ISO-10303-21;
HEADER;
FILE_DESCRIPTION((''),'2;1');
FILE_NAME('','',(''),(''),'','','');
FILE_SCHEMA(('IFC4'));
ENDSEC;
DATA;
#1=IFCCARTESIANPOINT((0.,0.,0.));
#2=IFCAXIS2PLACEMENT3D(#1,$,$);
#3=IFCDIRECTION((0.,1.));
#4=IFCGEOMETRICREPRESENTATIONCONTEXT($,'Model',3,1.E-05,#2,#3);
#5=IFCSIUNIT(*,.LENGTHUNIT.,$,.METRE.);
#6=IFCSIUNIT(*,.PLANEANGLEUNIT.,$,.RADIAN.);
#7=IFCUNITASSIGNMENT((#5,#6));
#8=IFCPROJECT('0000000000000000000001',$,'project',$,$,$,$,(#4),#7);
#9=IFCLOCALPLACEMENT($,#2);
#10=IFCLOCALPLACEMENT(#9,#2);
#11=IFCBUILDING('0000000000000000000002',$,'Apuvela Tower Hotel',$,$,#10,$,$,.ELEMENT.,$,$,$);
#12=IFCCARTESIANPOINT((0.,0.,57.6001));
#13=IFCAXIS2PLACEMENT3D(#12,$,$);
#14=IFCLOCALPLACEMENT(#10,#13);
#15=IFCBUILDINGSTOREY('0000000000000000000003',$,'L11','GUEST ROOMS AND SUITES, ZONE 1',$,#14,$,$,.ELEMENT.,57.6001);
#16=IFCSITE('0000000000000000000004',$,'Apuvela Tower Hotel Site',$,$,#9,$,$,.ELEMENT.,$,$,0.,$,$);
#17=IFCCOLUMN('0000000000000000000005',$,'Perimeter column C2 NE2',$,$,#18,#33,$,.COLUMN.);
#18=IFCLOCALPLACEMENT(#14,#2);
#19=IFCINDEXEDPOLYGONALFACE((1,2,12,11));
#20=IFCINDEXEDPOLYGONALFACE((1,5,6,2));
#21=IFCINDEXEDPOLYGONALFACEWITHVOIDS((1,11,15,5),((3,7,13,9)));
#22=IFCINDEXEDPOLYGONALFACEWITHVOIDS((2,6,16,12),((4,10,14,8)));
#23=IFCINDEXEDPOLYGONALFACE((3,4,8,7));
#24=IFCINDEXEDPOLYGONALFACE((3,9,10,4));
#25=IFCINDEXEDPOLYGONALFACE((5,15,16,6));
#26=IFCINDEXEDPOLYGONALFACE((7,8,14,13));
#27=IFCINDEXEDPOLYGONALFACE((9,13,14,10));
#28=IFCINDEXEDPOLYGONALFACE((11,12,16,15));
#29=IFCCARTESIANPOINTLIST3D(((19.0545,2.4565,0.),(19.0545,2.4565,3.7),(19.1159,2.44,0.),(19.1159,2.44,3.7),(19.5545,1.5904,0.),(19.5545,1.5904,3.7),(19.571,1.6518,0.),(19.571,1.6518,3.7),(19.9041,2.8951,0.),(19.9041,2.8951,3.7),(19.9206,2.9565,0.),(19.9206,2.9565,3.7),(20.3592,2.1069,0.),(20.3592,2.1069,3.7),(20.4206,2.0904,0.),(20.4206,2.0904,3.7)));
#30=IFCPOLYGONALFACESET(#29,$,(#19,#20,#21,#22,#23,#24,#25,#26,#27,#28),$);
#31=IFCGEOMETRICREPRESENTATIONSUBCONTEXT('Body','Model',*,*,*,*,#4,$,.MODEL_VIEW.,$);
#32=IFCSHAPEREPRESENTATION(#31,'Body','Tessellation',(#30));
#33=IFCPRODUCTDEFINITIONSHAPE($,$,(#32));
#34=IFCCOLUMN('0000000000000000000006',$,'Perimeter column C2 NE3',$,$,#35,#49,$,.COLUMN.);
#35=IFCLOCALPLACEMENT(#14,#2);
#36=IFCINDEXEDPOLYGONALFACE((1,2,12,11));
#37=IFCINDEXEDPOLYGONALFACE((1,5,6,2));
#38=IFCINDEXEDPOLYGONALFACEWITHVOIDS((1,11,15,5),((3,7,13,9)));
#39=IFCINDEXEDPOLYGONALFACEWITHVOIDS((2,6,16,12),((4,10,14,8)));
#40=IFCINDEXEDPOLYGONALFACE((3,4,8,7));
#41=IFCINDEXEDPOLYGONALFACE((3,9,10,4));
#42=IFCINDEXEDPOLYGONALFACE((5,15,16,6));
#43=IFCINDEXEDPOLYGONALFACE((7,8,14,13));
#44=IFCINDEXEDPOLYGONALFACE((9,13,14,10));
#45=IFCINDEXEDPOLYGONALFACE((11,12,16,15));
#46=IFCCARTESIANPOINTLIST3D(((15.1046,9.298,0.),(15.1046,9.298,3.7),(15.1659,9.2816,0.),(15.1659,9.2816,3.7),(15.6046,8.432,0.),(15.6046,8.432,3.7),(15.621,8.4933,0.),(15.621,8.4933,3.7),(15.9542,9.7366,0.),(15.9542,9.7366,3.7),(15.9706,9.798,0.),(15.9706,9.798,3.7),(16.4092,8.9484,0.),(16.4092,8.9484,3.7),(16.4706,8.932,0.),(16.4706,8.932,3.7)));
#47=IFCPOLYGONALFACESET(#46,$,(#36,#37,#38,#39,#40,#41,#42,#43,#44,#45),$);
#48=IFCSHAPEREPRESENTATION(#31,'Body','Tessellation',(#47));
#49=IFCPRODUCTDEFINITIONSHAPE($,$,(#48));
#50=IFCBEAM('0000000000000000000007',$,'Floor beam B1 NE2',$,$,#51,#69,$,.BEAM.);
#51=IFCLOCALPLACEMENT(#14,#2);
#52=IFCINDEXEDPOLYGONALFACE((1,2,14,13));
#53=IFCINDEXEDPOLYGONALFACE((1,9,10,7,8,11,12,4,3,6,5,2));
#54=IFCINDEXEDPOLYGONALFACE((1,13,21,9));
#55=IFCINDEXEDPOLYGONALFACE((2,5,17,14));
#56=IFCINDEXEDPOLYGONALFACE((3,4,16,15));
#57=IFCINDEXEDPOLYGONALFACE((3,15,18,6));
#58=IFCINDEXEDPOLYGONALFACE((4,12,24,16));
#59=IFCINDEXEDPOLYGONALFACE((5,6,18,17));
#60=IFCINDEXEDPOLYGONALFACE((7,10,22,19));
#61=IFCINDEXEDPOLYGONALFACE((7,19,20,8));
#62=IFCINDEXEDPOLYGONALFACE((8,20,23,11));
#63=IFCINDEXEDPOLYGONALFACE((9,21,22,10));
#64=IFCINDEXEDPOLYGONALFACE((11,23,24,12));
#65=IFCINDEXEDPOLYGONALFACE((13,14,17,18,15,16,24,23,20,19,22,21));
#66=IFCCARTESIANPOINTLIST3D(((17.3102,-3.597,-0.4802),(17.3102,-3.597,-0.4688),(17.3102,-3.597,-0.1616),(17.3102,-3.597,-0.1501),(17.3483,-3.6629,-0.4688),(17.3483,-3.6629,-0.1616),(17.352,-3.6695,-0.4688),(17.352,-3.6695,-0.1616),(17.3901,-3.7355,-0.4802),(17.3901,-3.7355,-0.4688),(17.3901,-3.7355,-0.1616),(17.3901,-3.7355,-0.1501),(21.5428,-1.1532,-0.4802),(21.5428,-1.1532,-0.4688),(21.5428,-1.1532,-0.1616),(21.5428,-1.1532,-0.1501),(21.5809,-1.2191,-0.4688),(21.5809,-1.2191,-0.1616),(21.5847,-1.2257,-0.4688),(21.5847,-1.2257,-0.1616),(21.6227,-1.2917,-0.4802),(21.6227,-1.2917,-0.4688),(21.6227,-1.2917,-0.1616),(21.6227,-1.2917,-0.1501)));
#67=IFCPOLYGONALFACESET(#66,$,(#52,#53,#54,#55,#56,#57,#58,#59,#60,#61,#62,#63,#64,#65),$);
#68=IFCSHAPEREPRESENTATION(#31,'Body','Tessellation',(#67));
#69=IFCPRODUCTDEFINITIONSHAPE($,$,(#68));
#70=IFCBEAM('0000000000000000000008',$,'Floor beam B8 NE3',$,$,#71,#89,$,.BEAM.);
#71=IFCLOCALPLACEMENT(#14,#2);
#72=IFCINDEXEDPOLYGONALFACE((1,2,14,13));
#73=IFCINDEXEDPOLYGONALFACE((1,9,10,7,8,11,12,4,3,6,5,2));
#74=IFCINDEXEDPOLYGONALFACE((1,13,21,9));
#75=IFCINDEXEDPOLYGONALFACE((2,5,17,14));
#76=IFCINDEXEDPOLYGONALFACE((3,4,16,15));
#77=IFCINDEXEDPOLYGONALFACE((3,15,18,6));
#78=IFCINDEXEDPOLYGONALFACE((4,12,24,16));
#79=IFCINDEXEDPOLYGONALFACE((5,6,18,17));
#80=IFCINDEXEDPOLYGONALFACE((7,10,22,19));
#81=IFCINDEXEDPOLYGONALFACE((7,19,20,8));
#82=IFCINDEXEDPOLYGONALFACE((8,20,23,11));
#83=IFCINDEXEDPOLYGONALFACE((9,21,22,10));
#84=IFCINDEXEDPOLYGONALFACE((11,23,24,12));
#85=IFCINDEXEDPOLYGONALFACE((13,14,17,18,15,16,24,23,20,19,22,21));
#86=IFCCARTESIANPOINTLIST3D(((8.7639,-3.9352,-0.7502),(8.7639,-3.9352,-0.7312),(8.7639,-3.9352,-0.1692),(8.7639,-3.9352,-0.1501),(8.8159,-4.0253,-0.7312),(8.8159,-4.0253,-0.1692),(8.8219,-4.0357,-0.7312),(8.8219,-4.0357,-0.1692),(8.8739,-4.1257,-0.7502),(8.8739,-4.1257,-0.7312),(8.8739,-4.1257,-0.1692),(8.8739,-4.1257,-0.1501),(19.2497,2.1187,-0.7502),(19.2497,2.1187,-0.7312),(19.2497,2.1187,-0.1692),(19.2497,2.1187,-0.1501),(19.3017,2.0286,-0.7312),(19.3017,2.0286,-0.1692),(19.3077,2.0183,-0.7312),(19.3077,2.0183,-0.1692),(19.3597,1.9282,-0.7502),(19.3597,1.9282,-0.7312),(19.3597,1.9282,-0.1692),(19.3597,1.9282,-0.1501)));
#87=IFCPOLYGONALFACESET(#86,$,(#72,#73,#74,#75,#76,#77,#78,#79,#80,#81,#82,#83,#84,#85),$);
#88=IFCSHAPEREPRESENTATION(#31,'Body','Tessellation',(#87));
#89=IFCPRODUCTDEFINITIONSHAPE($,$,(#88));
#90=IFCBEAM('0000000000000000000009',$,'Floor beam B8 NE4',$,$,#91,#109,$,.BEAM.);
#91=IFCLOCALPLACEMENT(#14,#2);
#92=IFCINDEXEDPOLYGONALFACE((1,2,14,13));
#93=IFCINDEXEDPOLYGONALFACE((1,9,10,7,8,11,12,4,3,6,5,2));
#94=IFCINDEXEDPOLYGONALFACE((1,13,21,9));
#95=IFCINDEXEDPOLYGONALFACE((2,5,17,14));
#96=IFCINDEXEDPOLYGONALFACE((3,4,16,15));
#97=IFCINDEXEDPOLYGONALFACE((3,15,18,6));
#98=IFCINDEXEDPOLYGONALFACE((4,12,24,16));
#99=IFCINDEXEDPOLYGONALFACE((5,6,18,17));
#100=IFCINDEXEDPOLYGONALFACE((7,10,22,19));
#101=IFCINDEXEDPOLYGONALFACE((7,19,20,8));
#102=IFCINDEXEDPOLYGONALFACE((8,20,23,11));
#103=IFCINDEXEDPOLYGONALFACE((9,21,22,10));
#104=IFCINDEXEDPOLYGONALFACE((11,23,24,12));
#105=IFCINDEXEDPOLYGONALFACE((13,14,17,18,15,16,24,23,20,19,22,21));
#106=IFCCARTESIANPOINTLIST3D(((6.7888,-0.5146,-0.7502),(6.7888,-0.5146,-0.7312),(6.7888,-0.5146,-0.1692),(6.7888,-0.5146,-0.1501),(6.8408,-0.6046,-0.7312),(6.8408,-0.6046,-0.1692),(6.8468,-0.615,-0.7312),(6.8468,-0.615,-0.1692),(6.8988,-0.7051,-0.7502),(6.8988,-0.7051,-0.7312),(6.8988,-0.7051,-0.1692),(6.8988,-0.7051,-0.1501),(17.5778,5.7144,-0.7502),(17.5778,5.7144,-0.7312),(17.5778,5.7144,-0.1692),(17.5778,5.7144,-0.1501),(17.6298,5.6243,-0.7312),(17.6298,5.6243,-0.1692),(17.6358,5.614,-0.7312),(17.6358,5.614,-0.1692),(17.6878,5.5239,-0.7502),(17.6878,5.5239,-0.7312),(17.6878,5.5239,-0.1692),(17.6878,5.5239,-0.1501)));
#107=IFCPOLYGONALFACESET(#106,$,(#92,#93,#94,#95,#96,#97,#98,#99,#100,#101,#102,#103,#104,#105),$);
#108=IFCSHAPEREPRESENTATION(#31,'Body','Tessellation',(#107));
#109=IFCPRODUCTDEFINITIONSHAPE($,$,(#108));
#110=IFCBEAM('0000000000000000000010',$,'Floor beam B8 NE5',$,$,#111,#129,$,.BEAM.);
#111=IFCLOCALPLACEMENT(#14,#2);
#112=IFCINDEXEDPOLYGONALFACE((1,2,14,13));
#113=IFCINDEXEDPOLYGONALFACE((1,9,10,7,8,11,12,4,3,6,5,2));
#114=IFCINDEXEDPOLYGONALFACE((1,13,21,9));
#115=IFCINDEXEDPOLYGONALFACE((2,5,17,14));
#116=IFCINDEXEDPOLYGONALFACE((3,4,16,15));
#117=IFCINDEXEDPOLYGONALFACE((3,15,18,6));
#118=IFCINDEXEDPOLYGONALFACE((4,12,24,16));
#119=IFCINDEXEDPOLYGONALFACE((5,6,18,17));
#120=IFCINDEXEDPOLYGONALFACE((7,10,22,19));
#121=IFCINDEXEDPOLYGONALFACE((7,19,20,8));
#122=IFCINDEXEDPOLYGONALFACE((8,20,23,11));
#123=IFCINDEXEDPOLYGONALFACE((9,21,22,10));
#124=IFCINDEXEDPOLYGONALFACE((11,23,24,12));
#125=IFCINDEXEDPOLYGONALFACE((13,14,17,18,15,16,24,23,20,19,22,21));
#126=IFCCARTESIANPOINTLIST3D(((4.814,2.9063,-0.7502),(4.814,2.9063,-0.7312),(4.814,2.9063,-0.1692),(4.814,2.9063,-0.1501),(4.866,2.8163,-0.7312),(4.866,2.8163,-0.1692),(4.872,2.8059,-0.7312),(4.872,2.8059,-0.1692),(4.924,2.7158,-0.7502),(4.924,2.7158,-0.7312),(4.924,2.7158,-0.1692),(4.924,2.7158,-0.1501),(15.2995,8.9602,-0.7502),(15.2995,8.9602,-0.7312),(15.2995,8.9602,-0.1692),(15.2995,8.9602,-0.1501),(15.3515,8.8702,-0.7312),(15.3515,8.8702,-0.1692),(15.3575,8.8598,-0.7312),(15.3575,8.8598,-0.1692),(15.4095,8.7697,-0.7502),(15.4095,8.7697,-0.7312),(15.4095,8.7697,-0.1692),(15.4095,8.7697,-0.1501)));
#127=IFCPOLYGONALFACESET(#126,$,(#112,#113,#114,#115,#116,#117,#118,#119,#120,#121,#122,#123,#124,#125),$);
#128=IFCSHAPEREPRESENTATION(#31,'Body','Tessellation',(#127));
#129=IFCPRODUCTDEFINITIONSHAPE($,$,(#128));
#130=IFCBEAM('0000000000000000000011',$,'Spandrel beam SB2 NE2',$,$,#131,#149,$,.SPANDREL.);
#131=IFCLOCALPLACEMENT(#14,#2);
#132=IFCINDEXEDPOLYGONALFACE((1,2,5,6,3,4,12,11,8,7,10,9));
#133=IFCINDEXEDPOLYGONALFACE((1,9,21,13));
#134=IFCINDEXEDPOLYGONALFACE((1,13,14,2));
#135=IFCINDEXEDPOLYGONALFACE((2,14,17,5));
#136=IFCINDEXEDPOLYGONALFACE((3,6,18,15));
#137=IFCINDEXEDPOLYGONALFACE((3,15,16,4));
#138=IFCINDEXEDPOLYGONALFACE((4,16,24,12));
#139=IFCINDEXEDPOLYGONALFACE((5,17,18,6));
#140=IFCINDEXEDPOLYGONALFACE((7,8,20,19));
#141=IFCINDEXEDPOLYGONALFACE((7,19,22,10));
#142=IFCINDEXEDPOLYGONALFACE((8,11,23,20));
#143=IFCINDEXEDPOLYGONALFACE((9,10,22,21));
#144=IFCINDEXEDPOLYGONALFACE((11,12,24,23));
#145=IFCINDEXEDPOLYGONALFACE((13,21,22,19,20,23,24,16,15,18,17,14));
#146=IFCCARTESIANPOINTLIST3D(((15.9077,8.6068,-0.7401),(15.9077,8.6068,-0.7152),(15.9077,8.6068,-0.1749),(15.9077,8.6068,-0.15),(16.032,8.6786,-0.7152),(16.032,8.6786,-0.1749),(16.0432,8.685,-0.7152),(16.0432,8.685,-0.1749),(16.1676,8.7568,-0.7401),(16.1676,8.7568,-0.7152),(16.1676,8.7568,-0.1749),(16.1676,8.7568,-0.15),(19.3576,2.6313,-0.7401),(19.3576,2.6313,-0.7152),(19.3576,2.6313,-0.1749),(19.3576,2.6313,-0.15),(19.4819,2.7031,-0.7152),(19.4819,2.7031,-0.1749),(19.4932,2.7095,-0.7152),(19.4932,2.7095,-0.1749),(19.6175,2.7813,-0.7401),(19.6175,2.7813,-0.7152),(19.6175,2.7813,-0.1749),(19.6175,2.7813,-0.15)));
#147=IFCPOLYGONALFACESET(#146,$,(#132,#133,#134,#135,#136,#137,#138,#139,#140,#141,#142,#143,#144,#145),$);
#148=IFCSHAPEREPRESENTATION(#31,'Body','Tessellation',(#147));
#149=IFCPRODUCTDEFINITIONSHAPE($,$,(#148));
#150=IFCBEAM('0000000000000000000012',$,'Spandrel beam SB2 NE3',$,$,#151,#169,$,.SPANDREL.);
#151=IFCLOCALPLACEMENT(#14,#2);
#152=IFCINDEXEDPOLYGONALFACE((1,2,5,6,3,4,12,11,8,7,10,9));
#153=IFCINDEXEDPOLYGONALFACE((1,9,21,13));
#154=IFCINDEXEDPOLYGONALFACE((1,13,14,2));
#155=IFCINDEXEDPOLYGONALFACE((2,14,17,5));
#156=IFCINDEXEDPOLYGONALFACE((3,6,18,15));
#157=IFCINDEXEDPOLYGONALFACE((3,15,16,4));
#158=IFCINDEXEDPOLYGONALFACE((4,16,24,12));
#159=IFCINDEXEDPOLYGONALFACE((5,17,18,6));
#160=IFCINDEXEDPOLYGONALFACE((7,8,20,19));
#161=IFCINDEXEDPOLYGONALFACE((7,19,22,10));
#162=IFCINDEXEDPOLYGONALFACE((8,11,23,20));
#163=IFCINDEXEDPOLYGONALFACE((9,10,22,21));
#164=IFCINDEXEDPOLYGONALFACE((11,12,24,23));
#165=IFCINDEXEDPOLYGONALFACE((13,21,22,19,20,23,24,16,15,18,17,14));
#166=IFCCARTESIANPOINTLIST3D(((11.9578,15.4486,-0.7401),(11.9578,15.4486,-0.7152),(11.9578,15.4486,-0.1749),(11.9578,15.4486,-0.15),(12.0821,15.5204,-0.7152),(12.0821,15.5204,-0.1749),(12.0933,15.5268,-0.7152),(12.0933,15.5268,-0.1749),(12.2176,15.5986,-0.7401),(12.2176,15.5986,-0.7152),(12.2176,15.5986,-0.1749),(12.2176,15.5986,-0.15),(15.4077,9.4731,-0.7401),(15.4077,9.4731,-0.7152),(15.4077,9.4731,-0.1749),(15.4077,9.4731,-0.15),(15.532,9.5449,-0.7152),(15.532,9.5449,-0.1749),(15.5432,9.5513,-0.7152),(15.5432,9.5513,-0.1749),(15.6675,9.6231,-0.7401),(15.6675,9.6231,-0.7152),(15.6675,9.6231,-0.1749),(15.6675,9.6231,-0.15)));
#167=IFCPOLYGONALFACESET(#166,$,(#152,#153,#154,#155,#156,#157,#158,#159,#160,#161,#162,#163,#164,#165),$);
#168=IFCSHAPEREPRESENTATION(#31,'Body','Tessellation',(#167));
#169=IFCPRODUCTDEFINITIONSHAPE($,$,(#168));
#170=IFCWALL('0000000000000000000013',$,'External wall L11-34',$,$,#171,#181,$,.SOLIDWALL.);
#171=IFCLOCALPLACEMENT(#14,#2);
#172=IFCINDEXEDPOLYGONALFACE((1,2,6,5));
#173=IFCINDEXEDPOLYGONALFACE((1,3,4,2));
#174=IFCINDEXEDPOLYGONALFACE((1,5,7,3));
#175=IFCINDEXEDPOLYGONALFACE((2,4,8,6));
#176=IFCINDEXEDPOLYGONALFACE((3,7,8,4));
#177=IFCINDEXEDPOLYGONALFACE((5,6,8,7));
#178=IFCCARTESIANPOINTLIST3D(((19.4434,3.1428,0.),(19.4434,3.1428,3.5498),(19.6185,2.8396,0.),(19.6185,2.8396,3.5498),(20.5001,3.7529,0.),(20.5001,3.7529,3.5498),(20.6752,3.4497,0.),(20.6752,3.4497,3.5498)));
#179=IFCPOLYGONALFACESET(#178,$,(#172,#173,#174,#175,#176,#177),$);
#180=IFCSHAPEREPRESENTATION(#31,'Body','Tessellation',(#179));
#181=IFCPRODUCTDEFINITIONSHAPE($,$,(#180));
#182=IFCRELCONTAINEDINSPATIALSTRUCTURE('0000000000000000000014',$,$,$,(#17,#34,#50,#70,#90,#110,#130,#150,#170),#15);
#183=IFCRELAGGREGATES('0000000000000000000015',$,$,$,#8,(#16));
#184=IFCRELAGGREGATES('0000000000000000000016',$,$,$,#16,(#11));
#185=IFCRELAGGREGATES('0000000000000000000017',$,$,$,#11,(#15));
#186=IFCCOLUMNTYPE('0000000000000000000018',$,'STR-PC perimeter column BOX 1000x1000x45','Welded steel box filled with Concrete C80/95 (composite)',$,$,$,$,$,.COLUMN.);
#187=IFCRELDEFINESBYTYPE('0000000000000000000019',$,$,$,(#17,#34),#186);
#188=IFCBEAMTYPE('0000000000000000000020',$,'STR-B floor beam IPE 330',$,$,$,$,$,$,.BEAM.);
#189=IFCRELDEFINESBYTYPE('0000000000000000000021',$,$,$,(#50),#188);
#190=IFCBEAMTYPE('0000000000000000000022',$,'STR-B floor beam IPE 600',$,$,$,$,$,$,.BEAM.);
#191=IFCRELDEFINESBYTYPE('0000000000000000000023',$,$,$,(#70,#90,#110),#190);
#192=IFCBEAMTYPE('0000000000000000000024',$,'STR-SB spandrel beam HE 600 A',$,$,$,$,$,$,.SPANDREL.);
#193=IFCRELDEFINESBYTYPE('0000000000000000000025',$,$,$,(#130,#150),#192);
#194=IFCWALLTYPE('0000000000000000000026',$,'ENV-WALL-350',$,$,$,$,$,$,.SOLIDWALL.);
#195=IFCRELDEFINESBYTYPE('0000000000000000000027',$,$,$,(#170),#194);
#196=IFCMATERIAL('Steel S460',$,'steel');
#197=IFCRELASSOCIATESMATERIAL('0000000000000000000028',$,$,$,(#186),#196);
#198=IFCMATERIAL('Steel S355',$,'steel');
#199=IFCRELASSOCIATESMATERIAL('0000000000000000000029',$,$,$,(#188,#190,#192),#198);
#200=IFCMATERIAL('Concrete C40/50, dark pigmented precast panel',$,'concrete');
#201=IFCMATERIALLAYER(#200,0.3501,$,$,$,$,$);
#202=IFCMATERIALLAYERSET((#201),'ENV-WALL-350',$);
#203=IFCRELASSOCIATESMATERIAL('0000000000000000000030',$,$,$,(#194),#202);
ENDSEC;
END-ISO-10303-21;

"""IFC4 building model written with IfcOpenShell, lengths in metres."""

from ifc_helpers import new_model, si_unit, direction, frame, frame_2d, origin, origin_2d, place, context, subcontext, project, spatial, rectangle, hollow_rectangle, i_section, extrude, material, layer, layer_set, material_profile, profile_set, type_object, element, save


model = new_model("IFC4")

# Units and contexts
model_context = context("Model", 3, precision=1e-05, world=origin(), true_north=direction((0.0, 1.0)))
body_context = subcontext(model_context, "Body", "Model", "MODEL_VIEW")
ifc_project = project(units=[si_unit("LENGTHUNIT", "METRE"), si_unit("PLANEANGLEUNIT", "RADIAN")], contexts=[model_context])

# Site, building, storey
site_placement = place(None, origin())
site = spatial("IfcSite", under=ifc_project, at=site_placement, Name="Apuvela Tower Hotel Site", CompositionType="ELEMENT", RefElevation=0.0)
building_placement = place(site_placement, origin())
building = spatial("IfcBuilding", under=site, at=building_placement, Name="Apuvela Tower Hotel", CompositionType="ELEMENT")
storey_placement = place(building_placement, frame((0.0, 0.0, 57.6001)))
storey = spatial("IfcBuildingStorey", under=building, at=storey_placement, Name="L11", Description="GUEST ROOMS AND SUITES, ZONE 1", CompositionType="ELEMENT", Elevation=57.6001)

# Columns
ifc_material_1 = material(Name="Steel S460", Category="steel")
ifc_material_profile_1 = material_profile(ifc_material_1, hollow_rectangle(XDim=1.0, YDim=1.0, WallThickness=0.0449, at=origin_2d()), Name="BOX 1000x1000x45")
ifc_material_2 = material(Name="Concrete C80/95", Category="concrete")
ifc_material_profile_2 = material_profile(ifc_material_2, rectangle(XDim=0.9099, YDim=0.9099, at=origin_2d()), Name="Concrete C80/95 infill")
ifc_profile_set_1 = profile_set([ifc_material_profile_1, ifc_material_profile_2], Name="Steel S460")
column_type = type_object("IfcColumnType", Name="STR-PC perimeter column BOX 1000x1000x45", Description="Welded steel box filled with Concrete C80/95 (composite)", PredefinedType="COLUMN", material=ifc_profile_set_1)
for number, where, z_axis, x_axis, name in (
    (1, (19.7375, 2.2734, 0.0), (0.0, 0.0, 1.0), (-0.5, 0.866025, 0.0), "Perimeter column C2 NE2"),
    (2, (15.7876, 9.115, 0.0), (0.0, 0.0, 1.0), (-0.5, 0.866025, 0.0), "Perimeter column C2 NE3"),
):
    element("IfcColumn", number, at=place(storey_placement, frame(where, z_axis=z_axis, x_axis=x_axis)), inside=storey, type_object=column_type, Name=name, PredefinedType="COLUMN", context=body_context, shape_type="SweptSolid", body=[
        extrude(hollow_rectangle(XDim=1.0, YDim=1.0, WallThickness=0.0449, at=origin_2d()), origin(), (0.0, 0.0, 1.0), 3.7),
    ])

# Beams
ifc_material_3 = material(Name="Steel S355", Category="steel")
ifc_material_profile_3 = material_profile(ifc_material_3, i_section(OverallWidth=0.1599, OverallDepth=0.3301, WebThickness=0.0076, FlangeThickness=0.0115, at=origin_2d()), Name="IPE 330")
ifc_profile_set_2 = profile_set([ifc_material_profile_3], Name="Steel S355")
beam_type_1 = type_object("IfcBeamType", Name="STR-B floor beam IPE 330", PredefinedType="BEAM", material=ifc_profile_set_2)
beam_1_placement = place(storey_placement, frame((21.5828, -1.2224, -0.3152), z_axis=(-0.866015, -0.500018, 0.0), x_axis=(0.500018, -0.866015, 0.0)))
element("IfcBeam", 3, at=beam_1_placement, inside=storey, type_object=beam_type_1, Name="Floor beam B1 NE2", PredefinedType="BEAM", context=body_context, shape_type="SweptSolid", body=[
    extrude(i_section(OverallWidth=0.1599, OverallDepth=0.3301, WebThickness=0.0076, FlangeThickness=0.0115, at=origin_2d()), origin(), (0.0, 0.0, 1.0), 4.8875),
])
ifc_material_profile_4 = material_profile(ifc_material_3, i_section(OverallWidth=0.22, OverallDepth=0.6001, WebThickness=0.012, FlangeThickness=0.019, at=origin_2d()), Name="IPE 600")
ifc_profile_set_3 = profile_set([ifc_material_profile_4], Name="Steel S355")
beam_type_2 = type_object("IfcBeamType", Name="STR-B floor beam IPE 600", PredefinedType="BEAM", material=ifc_profile_set_3)
beam_2_placement = place(storey_placement, frame((19.3047, 2.0234, -0.4502), z_axis=(-0.866027, -0.499997, 0.0), x_axis=(0.499997, -0.866027, 0.0)))
element("IfcBeam", 4, at=beam_2_placement, inside=storey, type_object=beam_type_2, Name="Floor beam B8 NE3", PredefinedType="BEAM", context=body_context, shape_type="SweptSolid", body=[
    extrude(i_section(OverallWidth=0.22, OverallDepth=0.6001, WebThickness=0.012, FlangeThickness=0.019, at=origin_2d()), origin(), (0.0, 0.0, 1.0), 12.1079),
])
beam_3_placement = place(storey_placement, frame((17.6328, 5.6191, -0.4502), z_axis=(-0.866028, -0.499996, 0.0), x_axis=(0.499996, -0.866028, 0.0)))
element("IfcBeam", 5, at=beam_3_placement, inside=storey, type_object=beam_type_2, Name="Floor beam B8 NE4", PredefinedType="BEAM", context=body_context, shape_type="SweptSolid", body=[
    extrude(i_section(OverallWidth=0.22, OverallDepth=0.6001, WebThickness=0.012, FlangeThickness=0.019, at=origin_2d()), origin(), (0.0, 0.0, 1.0), 12.458),
])
beam_4_placement = place(storey_placement, frame((15.3545, 8.865, -0.4502), z_axis=(-0.866022, -0.500006, 0.0), x_axis=(0.500006, -0.866022, 0.0)))
element("IfcBeam", 6, at=beam_4_placement, inside=storey, type_object=beam_type_2, Name="Floor beam B8 NE5", PredefinedType="BEAM", context=body_context, shape_type="SweptSolid", body=[
    extrude(i_section(OverallWidth=0.22, OverallDepth=0.6001, WebThickness=0.012, FlangeThickness=0.019, at=origin_2d()), origin(), (0.0, 0.0, 1.0), 12.1077),
])
ifc_material_profile_5 = material_profile(ifc_material_3, i_section(OverallWidth=0.3, OverallDepth=0.5901, WebThickness=0.0129, FlangeThickness=0.0249, at=origin_2d()), Name="HE 600 A")
ifc_profile_set_4 = profile_set([ifc_material_profile_5], Name="Steel S355")
beam_type_3 = type_object("IfcBeamType", Name="STR-SB spandrel beam HE 600 A", PredefinedType="SPANDREL", material=ifc_profile_set_4)
for number, where, z_axis, x_axis, name in (
    (7, (19.4875, 2.7063, -0.4451), (-0.499994, 0.866029, 0.0), (-0.866029, -0.499994, 0.0), "Spandrel beam SB2 NE2"),
    (8, (15.5376, 9.5481, -0.4451), (-0.499994, 0.866029, 0.0), (-0.866029, -0.499994, 0.0), "Spandrel beam SB2 NE3"),
):
    element("IfcBeam", number, at=place(storey_placement, frame(where, z_axis=z_axis, x_axis=x_axis)), inside=storey, type_object=beam_type_3, Name=name, PredefinedType="SPANDREL", context=body_context, shape_type="SweptSolid", body=[
        extrude(i_section(OverallWidth=0.3, OverallDepth=0.5901, WebThickness=0.0129, FlangeThickness=0.0249, at=origin_2d()), origin(), (0.0, 0.0, 1.0), 6.8999),
    ])

# Wall
ifc_material_4 = material(Name="Concrete C40/50, dark pigmented precast panel", Category="concrete")
ifc_layer_1 = layer(ifc_material_4, 0.3501)
ifc_layer_set_1 = layer_set([ifc_layer_1], Name="ENV-WALL-350")
wall_type_1 = type_object("IfcWallType", Name="ENV-WALL-350", PredefinedType="SOLIDWALL", material=ifc_layer_set_1)
wall_1_placement = place(storey_placement, frame((20.5876, 3.6013, 0.0), z_axis=(0.0, 0.0, 1.0), x_axis=(-0.866006, -0.500034, 0.0)))
element("IfcWall", 9, at=wall_1_placement, inside=storey, type_object=wall_type_1, Name="External wall L11-34", PredefinedType="SOLIDWALL", context=body_context, shape_type="SweptSolid", body=[
    extrude(rectangle(XDim=1.2202, YDim=0.3501, at=frame_2d((0.6101, 0.0))), origin(), (0.0, 0.0, 1.0), 3.5498),
])

save(model, "model.ifc")
